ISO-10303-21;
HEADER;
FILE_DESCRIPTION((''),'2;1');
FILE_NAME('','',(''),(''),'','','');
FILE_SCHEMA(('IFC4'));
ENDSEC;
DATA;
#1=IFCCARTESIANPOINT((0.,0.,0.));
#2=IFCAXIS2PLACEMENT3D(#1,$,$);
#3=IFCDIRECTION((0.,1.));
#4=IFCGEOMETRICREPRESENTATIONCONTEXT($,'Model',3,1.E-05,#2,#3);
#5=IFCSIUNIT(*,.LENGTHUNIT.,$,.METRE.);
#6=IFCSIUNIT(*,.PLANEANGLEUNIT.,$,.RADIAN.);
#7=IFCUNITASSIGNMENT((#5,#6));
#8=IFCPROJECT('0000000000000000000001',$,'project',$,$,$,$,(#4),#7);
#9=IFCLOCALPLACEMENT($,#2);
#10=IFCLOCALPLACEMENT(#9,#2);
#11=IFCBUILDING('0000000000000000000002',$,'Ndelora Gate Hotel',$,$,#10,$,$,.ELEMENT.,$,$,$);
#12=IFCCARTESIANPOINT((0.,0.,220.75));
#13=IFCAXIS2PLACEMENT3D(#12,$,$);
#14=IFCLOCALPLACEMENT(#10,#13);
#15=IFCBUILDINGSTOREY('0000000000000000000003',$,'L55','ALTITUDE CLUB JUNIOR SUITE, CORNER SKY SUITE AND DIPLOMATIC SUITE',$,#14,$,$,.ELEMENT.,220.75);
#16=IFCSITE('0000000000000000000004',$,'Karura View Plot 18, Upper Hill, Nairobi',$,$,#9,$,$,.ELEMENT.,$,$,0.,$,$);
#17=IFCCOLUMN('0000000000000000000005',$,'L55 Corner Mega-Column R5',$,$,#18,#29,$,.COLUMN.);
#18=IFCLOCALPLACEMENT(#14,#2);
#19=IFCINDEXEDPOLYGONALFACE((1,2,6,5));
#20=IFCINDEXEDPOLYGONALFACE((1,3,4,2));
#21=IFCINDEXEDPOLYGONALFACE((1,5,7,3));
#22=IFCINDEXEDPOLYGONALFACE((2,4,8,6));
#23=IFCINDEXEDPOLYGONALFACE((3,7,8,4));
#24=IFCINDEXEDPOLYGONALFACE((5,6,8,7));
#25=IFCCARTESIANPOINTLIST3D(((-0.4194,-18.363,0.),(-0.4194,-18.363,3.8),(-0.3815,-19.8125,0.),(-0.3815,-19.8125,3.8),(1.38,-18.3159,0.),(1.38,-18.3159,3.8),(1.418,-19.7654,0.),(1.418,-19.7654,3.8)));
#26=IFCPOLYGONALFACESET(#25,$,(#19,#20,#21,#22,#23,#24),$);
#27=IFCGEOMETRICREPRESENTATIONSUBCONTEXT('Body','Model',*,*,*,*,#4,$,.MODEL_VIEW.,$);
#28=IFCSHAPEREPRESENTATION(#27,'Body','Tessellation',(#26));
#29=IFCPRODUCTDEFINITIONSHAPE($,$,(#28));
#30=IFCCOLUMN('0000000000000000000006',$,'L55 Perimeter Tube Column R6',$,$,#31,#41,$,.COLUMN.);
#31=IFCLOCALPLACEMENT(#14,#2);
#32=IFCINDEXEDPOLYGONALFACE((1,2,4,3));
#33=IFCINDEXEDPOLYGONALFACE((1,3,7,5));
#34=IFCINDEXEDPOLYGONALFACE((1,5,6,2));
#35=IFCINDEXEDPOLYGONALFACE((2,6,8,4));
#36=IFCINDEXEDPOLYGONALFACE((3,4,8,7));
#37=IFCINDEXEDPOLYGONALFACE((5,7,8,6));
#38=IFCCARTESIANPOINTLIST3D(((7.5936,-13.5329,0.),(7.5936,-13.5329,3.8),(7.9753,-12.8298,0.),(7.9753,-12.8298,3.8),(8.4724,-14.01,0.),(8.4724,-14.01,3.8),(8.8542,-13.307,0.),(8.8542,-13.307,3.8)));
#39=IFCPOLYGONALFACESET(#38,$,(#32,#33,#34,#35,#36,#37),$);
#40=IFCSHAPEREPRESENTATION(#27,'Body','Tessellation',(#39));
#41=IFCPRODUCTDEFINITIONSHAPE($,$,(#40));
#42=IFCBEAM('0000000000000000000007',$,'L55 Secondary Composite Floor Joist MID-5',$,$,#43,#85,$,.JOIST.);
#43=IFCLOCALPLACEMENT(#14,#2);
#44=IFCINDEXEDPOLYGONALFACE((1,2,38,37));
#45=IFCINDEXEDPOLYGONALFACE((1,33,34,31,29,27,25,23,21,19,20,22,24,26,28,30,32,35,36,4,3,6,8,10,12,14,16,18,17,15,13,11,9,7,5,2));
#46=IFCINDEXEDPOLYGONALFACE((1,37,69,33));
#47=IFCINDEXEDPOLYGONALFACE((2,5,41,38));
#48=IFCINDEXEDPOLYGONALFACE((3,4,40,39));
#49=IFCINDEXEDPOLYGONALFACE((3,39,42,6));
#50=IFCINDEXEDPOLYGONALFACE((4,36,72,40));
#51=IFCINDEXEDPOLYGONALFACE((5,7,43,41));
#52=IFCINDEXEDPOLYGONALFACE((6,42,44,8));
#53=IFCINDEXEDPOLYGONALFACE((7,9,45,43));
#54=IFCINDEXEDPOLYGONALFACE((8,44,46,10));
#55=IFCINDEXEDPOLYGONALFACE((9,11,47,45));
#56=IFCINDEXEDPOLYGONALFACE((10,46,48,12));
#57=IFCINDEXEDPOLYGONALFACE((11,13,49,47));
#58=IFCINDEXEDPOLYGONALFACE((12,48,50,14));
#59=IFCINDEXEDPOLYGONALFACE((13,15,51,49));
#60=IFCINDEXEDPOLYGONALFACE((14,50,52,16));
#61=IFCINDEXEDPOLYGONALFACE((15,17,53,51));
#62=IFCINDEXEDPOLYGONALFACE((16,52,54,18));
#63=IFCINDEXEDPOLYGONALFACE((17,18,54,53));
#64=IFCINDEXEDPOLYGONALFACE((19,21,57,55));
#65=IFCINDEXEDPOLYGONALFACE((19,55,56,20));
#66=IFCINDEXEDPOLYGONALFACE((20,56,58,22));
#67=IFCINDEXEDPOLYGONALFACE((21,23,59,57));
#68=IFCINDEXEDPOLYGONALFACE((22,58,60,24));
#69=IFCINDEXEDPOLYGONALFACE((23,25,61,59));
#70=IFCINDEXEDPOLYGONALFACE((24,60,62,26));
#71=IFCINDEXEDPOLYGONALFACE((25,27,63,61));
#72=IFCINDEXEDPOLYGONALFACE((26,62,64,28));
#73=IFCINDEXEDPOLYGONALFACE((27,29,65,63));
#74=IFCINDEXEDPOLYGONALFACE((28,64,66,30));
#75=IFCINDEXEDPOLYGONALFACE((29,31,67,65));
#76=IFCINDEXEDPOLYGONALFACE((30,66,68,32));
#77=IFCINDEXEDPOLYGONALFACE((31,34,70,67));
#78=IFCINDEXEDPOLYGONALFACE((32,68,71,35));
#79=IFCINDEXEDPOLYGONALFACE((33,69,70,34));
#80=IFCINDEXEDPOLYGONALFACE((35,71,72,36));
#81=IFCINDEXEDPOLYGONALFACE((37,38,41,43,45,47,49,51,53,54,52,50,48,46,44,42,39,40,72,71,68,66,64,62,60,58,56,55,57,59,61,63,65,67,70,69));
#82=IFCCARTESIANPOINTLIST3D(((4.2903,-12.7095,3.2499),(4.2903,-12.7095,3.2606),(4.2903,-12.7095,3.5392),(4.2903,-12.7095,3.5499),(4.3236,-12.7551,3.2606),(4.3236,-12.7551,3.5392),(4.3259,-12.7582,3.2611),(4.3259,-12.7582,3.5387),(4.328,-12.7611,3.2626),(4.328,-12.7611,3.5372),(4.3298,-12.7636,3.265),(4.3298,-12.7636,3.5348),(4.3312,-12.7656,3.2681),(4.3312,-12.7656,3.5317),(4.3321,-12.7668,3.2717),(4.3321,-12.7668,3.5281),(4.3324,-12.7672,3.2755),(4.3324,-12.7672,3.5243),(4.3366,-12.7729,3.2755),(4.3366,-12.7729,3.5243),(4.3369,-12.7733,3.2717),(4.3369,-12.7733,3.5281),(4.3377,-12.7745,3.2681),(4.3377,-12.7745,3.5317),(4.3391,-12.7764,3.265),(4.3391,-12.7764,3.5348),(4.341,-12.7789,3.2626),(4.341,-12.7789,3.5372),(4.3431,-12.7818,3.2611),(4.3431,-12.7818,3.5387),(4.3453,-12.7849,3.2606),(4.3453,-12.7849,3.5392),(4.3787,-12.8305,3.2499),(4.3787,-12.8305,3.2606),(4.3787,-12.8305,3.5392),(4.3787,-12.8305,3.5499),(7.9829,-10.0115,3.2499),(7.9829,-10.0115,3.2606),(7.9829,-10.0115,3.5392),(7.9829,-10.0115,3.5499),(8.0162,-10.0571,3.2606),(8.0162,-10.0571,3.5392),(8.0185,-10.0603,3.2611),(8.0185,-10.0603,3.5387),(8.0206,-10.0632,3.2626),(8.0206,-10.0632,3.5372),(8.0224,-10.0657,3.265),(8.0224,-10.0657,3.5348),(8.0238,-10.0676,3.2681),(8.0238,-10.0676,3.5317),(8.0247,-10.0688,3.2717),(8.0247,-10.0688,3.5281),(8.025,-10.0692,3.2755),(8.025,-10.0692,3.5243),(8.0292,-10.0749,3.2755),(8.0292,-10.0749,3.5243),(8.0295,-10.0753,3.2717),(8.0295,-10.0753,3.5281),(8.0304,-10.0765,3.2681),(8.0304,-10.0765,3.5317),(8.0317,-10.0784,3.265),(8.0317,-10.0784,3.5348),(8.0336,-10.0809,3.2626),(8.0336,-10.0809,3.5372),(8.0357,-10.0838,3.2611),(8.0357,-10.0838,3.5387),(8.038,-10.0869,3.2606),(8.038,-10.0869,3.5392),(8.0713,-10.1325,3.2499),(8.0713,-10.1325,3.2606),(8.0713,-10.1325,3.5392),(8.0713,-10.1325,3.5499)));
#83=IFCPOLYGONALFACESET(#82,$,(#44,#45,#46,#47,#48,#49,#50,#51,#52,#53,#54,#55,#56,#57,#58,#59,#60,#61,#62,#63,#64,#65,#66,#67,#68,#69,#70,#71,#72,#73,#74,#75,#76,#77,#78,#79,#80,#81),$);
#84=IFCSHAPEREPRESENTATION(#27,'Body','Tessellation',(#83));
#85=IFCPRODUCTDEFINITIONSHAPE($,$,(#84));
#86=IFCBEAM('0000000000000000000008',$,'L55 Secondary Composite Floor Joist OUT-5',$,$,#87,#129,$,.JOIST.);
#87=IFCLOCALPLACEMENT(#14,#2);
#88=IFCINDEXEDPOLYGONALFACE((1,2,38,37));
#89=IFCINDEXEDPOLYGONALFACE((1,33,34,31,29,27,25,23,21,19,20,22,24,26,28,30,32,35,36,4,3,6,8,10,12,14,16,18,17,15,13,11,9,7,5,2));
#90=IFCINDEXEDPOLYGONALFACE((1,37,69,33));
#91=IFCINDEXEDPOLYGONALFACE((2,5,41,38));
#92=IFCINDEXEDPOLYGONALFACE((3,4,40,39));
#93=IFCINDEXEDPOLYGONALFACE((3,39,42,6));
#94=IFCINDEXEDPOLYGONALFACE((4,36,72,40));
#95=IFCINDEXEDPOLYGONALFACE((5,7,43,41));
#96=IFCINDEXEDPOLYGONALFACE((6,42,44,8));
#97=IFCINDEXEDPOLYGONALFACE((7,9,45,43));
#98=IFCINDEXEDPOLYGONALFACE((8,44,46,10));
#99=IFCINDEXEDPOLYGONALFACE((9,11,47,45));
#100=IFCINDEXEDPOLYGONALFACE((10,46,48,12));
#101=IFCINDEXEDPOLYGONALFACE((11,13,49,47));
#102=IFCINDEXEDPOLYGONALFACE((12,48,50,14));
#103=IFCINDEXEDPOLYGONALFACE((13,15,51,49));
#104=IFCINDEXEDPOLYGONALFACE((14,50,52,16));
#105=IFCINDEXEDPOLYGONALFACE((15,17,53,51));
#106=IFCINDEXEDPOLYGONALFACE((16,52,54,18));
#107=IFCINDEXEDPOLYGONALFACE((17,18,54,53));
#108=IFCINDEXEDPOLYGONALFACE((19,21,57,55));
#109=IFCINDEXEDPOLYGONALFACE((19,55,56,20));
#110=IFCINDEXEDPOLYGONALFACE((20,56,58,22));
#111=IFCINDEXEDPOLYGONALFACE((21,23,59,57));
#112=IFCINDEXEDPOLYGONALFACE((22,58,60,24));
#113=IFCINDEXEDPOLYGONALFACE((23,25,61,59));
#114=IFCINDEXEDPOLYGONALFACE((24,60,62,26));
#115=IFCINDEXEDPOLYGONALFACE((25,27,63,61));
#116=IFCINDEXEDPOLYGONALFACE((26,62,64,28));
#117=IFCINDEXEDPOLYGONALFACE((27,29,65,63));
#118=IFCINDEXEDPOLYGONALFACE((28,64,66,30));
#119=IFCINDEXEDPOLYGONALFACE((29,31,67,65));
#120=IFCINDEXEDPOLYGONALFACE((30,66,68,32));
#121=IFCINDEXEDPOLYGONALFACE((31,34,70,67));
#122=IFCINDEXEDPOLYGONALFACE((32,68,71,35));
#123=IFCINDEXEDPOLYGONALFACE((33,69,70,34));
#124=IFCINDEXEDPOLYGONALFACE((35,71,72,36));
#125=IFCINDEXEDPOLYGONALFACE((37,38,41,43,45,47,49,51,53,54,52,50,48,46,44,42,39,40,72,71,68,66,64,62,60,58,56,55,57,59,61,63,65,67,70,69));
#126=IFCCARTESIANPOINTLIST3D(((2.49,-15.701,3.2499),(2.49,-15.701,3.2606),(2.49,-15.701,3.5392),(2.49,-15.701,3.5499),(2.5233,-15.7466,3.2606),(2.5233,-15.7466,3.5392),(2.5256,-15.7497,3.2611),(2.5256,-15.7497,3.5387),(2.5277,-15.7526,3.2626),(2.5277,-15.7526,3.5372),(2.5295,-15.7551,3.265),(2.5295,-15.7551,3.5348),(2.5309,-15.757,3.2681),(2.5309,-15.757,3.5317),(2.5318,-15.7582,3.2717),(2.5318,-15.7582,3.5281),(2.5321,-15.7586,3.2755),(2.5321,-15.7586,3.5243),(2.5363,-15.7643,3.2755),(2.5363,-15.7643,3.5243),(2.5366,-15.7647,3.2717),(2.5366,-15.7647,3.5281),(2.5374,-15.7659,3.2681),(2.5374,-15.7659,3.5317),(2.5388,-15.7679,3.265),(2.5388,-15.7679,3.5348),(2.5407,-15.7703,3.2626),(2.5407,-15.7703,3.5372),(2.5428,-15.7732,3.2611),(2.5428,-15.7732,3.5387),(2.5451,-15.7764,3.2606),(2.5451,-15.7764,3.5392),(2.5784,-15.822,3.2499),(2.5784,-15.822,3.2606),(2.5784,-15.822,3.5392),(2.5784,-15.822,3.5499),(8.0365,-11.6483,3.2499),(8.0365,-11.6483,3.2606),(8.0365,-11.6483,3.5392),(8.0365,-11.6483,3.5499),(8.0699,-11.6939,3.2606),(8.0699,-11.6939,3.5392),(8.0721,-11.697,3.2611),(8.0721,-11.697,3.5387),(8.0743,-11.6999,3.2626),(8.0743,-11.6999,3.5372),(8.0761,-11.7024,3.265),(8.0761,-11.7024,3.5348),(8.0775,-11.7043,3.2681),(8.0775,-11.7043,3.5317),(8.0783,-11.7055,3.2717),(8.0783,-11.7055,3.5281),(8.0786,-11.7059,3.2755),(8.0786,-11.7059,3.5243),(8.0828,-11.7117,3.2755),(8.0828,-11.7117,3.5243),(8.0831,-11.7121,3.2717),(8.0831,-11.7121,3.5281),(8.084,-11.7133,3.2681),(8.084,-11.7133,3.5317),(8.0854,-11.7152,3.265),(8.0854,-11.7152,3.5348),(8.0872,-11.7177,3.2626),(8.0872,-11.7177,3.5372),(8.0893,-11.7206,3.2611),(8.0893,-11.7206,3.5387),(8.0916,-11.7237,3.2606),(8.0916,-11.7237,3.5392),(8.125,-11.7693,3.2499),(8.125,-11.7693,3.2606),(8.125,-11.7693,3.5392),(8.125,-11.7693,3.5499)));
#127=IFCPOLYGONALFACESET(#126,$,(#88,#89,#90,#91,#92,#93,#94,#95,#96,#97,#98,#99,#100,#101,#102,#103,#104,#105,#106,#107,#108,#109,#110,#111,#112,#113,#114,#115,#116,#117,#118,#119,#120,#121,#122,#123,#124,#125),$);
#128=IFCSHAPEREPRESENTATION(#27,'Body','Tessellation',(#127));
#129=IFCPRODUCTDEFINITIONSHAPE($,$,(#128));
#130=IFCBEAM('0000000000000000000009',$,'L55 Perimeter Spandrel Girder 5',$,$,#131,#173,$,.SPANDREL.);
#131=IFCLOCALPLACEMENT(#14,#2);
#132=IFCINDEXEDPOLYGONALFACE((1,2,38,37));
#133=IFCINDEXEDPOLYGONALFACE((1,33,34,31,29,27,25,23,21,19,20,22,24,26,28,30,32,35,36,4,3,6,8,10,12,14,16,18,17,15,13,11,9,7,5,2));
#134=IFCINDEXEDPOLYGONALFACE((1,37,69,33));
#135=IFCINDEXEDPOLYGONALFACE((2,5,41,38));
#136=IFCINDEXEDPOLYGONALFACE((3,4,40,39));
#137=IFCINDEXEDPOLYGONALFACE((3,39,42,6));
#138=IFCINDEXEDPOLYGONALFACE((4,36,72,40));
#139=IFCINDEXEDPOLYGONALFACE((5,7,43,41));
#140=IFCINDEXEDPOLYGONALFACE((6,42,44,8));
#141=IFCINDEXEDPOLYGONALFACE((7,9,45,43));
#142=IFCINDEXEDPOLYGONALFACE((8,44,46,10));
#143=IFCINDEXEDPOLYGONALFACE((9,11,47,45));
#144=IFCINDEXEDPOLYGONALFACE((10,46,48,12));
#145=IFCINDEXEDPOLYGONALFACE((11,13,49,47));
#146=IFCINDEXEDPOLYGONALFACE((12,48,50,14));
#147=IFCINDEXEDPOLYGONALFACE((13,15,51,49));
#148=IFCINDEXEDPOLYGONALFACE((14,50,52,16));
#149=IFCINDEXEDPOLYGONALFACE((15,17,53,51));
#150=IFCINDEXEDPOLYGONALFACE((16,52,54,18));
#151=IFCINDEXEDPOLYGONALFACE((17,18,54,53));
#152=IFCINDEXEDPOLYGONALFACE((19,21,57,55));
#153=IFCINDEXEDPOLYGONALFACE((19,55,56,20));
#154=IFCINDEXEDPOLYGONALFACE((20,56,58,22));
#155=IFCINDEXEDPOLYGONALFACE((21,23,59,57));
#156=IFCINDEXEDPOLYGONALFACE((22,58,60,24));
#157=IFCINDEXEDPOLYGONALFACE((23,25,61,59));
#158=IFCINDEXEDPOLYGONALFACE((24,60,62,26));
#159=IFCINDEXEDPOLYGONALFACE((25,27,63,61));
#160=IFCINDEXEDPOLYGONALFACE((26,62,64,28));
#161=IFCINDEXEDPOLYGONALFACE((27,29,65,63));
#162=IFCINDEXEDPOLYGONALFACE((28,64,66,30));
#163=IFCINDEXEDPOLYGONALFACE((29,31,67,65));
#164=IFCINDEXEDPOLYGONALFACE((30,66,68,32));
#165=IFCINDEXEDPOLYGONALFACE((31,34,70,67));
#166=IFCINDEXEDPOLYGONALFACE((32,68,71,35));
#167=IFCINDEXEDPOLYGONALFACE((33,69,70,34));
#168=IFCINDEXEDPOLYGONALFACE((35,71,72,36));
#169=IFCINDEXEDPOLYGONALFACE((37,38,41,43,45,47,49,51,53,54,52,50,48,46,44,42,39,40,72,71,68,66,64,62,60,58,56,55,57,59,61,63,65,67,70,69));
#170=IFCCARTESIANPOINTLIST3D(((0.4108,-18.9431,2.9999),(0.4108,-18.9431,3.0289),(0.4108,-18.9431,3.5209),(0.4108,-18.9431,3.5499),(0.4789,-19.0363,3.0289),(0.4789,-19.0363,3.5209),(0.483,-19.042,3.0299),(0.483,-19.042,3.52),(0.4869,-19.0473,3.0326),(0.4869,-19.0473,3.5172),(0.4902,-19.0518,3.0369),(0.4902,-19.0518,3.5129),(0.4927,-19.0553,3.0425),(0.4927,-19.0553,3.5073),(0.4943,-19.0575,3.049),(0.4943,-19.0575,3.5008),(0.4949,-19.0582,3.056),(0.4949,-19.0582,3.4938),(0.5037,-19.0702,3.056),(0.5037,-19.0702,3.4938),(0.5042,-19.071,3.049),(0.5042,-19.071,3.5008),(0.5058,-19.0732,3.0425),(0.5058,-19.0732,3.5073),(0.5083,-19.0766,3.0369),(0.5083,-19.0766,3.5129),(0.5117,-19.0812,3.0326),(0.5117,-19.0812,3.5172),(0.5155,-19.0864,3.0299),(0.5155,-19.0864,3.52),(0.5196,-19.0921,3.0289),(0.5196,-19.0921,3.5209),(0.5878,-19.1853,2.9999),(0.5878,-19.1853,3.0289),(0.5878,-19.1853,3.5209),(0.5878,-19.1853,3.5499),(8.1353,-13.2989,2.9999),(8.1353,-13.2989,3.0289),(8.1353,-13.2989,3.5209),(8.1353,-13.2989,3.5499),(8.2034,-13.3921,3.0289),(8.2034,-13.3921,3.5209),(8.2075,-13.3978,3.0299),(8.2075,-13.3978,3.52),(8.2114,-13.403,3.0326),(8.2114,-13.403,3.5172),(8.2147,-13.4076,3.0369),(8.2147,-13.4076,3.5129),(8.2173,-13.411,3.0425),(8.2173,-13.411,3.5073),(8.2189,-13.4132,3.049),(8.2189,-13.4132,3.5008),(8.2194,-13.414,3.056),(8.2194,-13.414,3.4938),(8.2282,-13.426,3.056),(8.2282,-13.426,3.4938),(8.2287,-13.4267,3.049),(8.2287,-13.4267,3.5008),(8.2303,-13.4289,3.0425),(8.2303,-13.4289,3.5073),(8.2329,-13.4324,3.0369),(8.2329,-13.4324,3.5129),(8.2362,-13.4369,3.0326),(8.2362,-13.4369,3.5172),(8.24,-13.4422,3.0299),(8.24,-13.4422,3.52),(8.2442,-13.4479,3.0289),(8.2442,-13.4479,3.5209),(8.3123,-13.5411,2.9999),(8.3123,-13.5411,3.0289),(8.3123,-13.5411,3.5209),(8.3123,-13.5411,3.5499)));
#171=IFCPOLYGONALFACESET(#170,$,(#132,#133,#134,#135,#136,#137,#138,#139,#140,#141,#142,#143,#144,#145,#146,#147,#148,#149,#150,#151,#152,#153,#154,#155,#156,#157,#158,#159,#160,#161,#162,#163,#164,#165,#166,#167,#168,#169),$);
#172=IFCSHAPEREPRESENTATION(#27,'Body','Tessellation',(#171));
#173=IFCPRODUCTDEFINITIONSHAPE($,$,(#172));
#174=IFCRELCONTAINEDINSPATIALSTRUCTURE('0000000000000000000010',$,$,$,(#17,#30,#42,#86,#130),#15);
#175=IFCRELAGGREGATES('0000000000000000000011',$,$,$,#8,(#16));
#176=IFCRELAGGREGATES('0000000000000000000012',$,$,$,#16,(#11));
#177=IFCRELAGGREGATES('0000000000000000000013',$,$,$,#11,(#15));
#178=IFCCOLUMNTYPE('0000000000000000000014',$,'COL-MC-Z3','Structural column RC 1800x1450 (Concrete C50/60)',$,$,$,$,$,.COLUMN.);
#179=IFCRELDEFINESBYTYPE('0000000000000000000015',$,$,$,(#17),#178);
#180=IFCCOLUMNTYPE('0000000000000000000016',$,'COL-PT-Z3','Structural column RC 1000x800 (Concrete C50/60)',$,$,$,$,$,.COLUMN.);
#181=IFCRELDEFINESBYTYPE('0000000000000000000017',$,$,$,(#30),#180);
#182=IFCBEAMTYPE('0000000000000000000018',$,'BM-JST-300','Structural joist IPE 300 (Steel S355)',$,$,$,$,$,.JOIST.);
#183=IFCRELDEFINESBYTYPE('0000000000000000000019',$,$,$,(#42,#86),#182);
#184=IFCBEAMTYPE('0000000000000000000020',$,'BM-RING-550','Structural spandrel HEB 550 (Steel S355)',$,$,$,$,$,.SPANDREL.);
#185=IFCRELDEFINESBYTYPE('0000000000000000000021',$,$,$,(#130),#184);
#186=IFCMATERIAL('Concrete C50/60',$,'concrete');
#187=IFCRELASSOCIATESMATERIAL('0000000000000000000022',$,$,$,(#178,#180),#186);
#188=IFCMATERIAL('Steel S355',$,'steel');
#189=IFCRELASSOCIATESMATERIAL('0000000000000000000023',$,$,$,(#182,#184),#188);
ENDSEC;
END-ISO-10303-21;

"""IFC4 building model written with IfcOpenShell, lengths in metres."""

from ifc_helpers import new_model, si_unit, direction, frame, origin, origin_2d, place, context, subcontext, project, spatial, rectangle, i_section, extrude, material, material_profile, profile_set, type_object, element, save


model = new_model("IFC4")

# Units and contexts
model_context = context("Model", 3, precision=1e-05, world=origin(), true_north=direction((0.0, 1.0)))
body_context = subcontext(model_context, "Body", "Model", "MODEL_VIEW")
ifc_project = project(units=[si_unit("LENGTHUNIT", "METRE"), si_unit("PLANEANGLEUNIT", "RADIAN")], contexts=[model_context])

# Site, building, storey
site_placement = place(None, origin())
site = spatial("IfcSite", under=ifc_project, at=site_placement, Name="Karura View Plot 18, Upper Hill, Nairobi", CompositionType="ELEMENT", RefElevation=0.0)
building_placement = place(site_placement, origin())
building = spatial("IfcBuilding", under=site, at=building_placement, Name="Ndelora Gate Hotel", CompositionType="ELEMENT")
storey_placement = place(building_placement, frame((0.0, 0.0, 220.75)))
storey = spatial("IfcBuildingStorey", under=building, at=storey_placement, Name="L55", Description="ALTITUDE CLUB JUNIOR SUITE, CORNER SKY SUITE AND DIPLOMATIC SUITE", CompositionType="ELEMENT", Elevation=220.75)

# Columns
ifc_material_1 = material(Name="Concrete C50/60", Category="concrete")
ifc_material_profile_1 = material_profile(ifc_material_1, rectangle(XDim=1.45, YDim=1.8, at=origin_2d()), Name="RC 1800x1450")
ifc_profile_set_1 = profile_set([ifc_material_profile_1], Name="Concrete C50/60")
column_type_1 = type_object("IfcColumnType", Name="COL-MC-Z3", Description="Structural column RC 1800x1450 (Concrete C50/60)", PredefinedType="COLUMN", material=ifc_profile_set_1)
column_1_placement = place(storey_placement, frame((0.4993, -19.0642, 0.0), z_axis=(0.0, 0.0, 1.0), x_axis=(-0.026177, 0.999657, 0.0)))
element("IfcColumn", 1, at=column_1_placement, inside=storey, type_object=column_type_1, Name="L55 Corner Mega-Column R5", PredefinedType="COLUMN", context=body_context, shape_type="SweptSolid", body=[
    extrude(rectangle(XDim=1.45, YDim=1.8, at=origin_2d()), origin(), (0.0, 0.0, 1.0), 3.8),
])
ifc_material_profile_2 = material_profile(ifc_material_1, rectangle(XDim=0.8, YDim=1.0, at=origin_2d()), Name="RC 1000x800")
ifc_profile_set_2 = profile_set([ifc_material_profile_2], Name="Concrete C50/60")
column_type_2 = type_object("IfcColumnType", Name="COL-PT-Z3", Description="Structural column RC 1000x800 (Concrete C50/60)", PredefinedType="COLUMN", material=ifc_profile_set_2)
column_2_placement = place(storey_placement, frame((8.2239, -13.4199, 0.0), z_axis=(0.0, 0.0, 1.0), x_axis=(0.477159, 0.878817, 0.0)))
element("IfcColumn", 2, at=column_2_placement, inside=storey, type_object=column_type_2, Name="L55 Perimeter Tube Column R6", PredefinedType="COLUMN", context=body_context, shape_type="SweptSolid", body=[
    extrude(rectangle(XDim=0.8, YDim=1.0, at=origin_2d()), origin(), (0.0, 0.0, 1.0), 3.8),
])

# Beams
ifc_material_2 = material(Name="Steel S355", Category="steel")
ifc_material_profile_3 = material_profile(ifc_material_2, i_section(OverallWidth=0.1499, OverallDepth=0.3, WebThickness=0.0071, FlangeThickness=0.0107, FilletRadius=0.0149, at=origin_2d()), Name="IPE 300")
ifc_profile_set_3 = profile_set([ifc_material_profile_3], Name="Steel S355")
beam_type_1 = type_object("IfcBeamType", Name="BM-JST-300", Description="Structural joist IPE 300 (Steel S355)", PredefinedType="JOIST", material=ifc_profile_set_3)
beam_1_placement = place(storey_placement, frame((4.3345, -12.77, 3.3999), z_axis=(0.807439, 0.589951, 0.0), x_axis=(-0.589951, 0.807439, 0.0)))
element("IfcBeam", 3, at=beam_1_placement, inside=storey, type_object=beam_type_1, Name="L55 Secondary Composite Floor Joist MID-5", PredefinedType="JOIST", context=body_context, shape_type="SweptSolid", body=[
    extrude(i_section(OverallWidth=0.1499, OverallDepth=0.3, WebThickness=0.0071, FlangeThickness=0.0107, FilletRadius=0.0149, at=origin_2d()), origin(), (0.0, 0.0, 1.0), 4.5732),
])
beam_2_placement = place(storey_placement, frame((2.5342, -15.7615, 3.3999), z_axis=(0.807431, 0.589962, 0.0), x_axis=(-0.589962, 0.807431, 0.0)))
element("IfcBeam", 4, at=beam_2_placement, inside=storey, type_object=beam_type_1, Name="L55 Secondary Composite Floor Joist OUT-5", PredefinedType="JOIST", context=body_context, shape_type="SweptSolid", body=[
    extrude(i_section(OverallWidth=0.1499, OverallDepth=0.3, WebThickness=0.0071, FlangeThickness=0.0107, FilletRadius=0.0149, at=origin_2d()), origin(), (0.0, 0.0, 1.0), 6.8694),
])
ifc_material_profile_4 = material_profile(ifc_material_2, i_section(OverallWidth=0.3, OverallDepth=0.55, WebThickness=0.0149, FlangeThickness=0.0291, FilletRadius=0.0271, at=origin_2d()), Name="HEB 550")
ifc_profile_set_4 = profile_set([ifc_material_profile_4], Name="Steel S355")
beam_type_2 = type_object("IfcBeamType", Name="BM-RING-550", Description="Structural spandrel HEB 550 (Steel S355)", PredefinedType="SPANDREL", material=ifc_profile_set_4)
beam_3_placement = place(storey_placement, frame((0.4993, -19.0642, 3.2749), z_axis=(0.807422, 0.589974, 0.0), x_axis=(-0.589974, 0.807422, 0.0)))
element("IfcBeam", 5, at=beam_3_placement, inside=storey, type_object=beam_type_2, Name="L55 Perimeter Spandrel Girder 5", PredefinedType="SPANDREL", context=body_context, shape_type="SweptSolid", body=[
    extrude(i_section(OverallWidth=0.3, OverallDepth=0.55, WebThickness=0.0149, FlangeThickness=0.0291, FilletRadius=0.0271, at=origin_2d()), origin(), (0.0, 0.0, 1.0), 9.5669),
])

save(model, "model.ifc")
